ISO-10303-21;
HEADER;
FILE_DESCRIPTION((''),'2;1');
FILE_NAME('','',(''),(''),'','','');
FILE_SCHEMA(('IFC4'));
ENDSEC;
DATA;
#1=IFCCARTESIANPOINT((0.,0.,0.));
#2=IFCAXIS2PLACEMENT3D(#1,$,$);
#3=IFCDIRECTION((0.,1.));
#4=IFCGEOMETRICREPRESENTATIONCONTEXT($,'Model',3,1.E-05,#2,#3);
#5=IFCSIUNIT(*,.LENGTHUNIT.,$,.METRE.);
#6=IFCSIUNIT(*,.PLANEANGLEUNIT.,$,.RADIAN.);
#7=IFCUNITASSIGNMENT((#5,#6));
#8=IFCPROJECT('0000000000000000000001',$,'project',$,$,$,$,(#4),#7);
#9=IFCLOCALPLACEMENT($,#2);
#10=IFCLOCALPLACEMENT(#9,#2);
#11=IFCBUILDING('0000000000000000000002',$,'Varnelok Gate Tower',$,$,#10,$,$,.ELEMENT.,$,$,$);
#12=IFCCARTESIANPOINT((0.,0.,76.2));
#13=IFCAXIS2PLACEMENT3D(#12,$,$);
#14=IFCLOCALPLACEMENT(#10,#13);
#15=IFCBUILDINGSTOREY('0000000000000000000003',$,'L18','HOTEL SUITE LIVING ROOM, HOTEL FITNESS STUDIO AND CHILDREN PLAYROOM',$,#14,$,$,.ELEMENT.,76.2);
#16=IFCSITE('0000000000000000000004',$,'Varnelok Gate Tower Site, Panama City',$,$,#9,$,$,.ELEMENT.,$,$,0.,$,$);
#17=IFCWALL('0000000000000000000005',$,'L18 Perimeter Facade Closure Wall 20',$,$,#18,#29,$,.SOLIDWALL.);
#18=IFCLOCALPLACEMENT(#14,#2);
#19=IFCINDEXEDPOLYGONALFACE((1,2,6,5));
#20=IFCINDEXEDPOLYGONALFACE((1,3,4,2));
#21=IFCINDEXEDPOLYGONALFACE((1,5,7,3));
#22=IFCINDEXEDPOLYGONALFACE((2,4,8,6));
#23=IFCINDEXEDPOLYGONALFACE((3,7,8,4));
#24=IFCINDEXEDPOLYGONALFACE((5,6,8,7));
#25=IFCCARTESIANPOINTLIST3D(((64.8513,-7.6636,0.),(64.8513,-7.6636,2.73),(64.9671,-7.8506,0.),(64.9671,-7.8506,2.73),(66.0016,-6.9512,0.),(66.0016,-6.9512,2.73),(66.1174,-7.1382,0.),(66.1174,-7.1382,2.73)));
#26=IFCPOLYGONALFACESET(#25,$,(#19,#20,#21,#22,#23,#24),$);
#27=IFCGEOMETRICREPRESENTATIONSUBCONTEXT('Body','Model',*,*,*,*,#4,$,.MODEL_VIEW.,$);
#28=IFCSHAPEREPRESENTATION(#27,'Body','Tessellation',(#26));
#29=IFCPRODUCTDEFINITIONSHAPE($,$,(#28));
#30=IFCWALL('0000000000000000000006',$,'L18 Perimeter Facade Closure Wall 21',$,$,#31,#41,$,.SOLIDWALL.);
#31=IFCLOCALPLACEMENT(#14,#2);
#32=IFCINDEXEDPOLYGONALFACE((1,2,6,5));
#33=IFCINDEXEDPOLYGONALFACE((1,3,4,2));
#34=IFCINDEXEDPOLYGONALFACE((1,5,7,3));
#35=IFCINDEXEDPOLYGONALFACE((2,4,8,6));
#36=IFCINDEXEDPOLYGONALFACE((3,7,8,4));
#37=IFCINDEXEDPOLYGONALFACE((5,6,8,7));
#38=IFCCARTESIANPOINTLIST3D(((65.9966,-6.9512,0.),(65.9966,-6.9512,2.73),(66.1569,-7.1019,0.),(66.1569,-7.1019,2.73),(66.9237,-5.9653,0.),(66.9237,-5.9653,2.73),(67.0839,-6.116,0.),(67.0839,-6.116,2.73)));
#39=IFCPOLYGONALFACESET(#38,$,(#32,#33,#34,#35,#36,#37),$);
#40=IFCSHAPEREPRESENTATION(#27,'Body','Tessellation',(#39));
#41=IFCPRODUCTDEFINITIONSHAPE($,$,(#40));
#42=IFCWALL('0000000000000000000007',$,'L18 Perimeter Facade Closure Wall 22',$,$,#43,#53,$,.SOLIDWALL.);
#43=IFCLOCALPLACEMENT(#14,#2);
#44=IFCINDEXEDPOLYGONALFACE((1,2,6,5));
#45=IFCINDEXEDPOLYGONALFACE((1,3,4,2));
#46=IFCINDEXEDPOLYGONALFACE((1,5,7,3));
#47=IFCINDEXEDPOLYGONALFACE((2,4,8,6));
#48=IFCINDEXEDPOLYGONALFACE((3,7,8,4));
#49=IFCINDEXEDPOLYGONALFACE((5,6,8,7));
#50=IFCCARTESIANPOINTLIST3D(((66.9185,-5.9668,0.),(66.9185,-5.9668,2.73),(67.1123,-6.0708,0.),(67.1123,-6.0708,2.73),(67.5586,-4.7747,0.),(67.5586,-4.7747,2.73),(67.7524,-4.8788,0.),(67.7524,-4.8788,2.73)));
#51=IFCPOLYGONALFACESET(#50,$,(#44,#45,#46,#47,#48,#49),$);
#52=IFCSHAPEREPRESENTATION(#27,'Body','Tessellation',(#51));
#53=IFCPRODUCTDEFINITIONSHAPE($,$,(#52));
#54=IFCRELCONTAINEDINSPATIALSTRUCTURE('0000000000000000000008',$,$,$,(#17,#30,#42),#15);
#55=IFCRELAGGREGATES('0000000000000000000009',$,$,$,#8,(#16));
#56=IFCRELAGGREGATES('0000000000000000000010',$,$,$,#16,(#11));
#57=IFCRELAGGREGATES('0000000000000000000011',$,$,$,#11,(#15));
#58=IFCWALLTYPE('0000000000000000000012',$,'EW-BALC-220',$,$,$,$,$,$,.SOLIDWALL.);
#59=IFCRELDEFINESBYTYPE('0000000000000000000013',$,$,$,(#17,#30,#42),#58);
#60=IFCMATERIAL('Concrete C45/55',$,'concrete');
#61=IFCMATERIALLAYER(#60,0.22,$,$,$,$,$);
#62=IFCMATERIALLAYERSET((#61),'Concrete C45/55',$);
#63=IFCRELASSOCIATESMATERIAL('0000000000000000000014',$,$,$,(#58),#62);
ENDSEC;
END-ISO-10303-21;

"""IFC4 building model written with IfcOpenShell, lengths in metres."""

from ifc_helpers import new_model, si_unit, direction, frame, frame_2d, origin, place, context, subcontext, project, spatial, rectangle, extrude, material, layer, layer_set, type_object, element, save


model = new_model("IFC4")

# Units and contexts
model_context = context("Model", 3, precision=1e-05, world=origin(), true_north=direction((0.0, 1.0)))
body_context = subcontext(model_context, "Body", "Model", "MODEL_VIEW")
ifc_project = project(units=[si_unit("LENGTHUNIT", "METRE"), si_unit("PLANEANGLEUNIT", "RADIAN")], contexts=[model_context])

# Site, building, storey
site_placement = place(None, origin())
site = spatial("IfcSite", under=ifc_project, at=site_placement, Name="Varnelok Gate Tower Site, Panama City", CompositionType="ELEMENT", RefElevation=0.0)
building_placement = place(site_placement, origin())
building = spatial("IfcBuilding", under=site, at=building_placement, Name="Varnelok Gate Tower", CompositionType="ELEMENT")
storey_placement = place(building_placement, frame((0.0, 0.0, 76.2)))
storey = spatial("IfcBuildingStorey", under=building, at=storey_placement, Name="L18", Description="HOTEL SUITE LIVING ROOM, HOTEL FITNESS STUDIO AND CHILDREN PLAYROOM", CompositionType="ELEMENT", Elevation=76.2)

# Walls
ifc_material_1 = material(Name="Concrete C45/55", Category="concrete")
ifc_layer_1 = layer(ifc_material_1, 0.22)
ifc_layer_set_1 = layer_set([ifc_layer_1], Name="Concrete C45/55")
wall_type = type_object("IfcWallType", Name="EW-BALC-220", PredefinedType="SOLIDWALL", material=ifc_layer_set_1)
for number, where, z_axis, x_axis, name in (
    (1, (64.9092, -7.7571, 0.0), (0.0, 0.0, 1.0), (0.850181, 0.526491, 0.0), "L18 Perimeter Facade Closure Wall 20"),
):
    element("IfcWall", number, at=place(storey_placement, frame(where, z_axis=z_axis, x_axis=x_axis)), inside=storey, type_object=wall_type, Name=name, PredefinedType="SOLIDWALL", context=body_context, shape_type="SweptSolid", body=[
        extrude(rectangle(XDim=1.353, YDim=0.22, at=frame_2d((0.6765, 0.0))), origin(), (0.0, 0.0, 1.0), 2.73),
    ])
wall_1_placement = place(storey_placement, frame((66.0767, -7.0266, 0.0), z_axis=(0.0, 0.0, 1.0), x_axis=(0.685033, 0.728512, 0.0)))
element("IfcWall", 2, at=wall_1_placement, inside=storey, type_object=wall_type, Name="L18 Perimeter Facade Closure Wall 21", PredefinedType="SOLIDWALL", context=body_context, shape_type="SweptSolid", body=[
    extrude(rectangle(XDim=1.3533, YDim=0.22, at=frame_2d((0.6768, 0.0))), origin(), (0.0, 0.0, 1.0), 2.73),
])
wall_2_placement = place(storey_placement, frame((67.0154, -6.0188, 0.0), z_axis=(0.0, 0.0, 1.0), x_axis=(0.473077, 0.881021, 0.0)))
element("IfcWall", 3, at=wall_2_placement, inside=storey, type_object=wall_type, Name="L18 Perimeter Facade Closure Wall 22", PredefinedType="SOLIDWALL", context=body_context, shape_type="SweptSolid", body=[
    extrude(rectangle(XDim=1.353, YDim=0.22, at=frame_2d((0.6765, 0.0))), origin(), (0.0, 0.0, 1.0), 2.73),
])

save(model, "model.ifc")
